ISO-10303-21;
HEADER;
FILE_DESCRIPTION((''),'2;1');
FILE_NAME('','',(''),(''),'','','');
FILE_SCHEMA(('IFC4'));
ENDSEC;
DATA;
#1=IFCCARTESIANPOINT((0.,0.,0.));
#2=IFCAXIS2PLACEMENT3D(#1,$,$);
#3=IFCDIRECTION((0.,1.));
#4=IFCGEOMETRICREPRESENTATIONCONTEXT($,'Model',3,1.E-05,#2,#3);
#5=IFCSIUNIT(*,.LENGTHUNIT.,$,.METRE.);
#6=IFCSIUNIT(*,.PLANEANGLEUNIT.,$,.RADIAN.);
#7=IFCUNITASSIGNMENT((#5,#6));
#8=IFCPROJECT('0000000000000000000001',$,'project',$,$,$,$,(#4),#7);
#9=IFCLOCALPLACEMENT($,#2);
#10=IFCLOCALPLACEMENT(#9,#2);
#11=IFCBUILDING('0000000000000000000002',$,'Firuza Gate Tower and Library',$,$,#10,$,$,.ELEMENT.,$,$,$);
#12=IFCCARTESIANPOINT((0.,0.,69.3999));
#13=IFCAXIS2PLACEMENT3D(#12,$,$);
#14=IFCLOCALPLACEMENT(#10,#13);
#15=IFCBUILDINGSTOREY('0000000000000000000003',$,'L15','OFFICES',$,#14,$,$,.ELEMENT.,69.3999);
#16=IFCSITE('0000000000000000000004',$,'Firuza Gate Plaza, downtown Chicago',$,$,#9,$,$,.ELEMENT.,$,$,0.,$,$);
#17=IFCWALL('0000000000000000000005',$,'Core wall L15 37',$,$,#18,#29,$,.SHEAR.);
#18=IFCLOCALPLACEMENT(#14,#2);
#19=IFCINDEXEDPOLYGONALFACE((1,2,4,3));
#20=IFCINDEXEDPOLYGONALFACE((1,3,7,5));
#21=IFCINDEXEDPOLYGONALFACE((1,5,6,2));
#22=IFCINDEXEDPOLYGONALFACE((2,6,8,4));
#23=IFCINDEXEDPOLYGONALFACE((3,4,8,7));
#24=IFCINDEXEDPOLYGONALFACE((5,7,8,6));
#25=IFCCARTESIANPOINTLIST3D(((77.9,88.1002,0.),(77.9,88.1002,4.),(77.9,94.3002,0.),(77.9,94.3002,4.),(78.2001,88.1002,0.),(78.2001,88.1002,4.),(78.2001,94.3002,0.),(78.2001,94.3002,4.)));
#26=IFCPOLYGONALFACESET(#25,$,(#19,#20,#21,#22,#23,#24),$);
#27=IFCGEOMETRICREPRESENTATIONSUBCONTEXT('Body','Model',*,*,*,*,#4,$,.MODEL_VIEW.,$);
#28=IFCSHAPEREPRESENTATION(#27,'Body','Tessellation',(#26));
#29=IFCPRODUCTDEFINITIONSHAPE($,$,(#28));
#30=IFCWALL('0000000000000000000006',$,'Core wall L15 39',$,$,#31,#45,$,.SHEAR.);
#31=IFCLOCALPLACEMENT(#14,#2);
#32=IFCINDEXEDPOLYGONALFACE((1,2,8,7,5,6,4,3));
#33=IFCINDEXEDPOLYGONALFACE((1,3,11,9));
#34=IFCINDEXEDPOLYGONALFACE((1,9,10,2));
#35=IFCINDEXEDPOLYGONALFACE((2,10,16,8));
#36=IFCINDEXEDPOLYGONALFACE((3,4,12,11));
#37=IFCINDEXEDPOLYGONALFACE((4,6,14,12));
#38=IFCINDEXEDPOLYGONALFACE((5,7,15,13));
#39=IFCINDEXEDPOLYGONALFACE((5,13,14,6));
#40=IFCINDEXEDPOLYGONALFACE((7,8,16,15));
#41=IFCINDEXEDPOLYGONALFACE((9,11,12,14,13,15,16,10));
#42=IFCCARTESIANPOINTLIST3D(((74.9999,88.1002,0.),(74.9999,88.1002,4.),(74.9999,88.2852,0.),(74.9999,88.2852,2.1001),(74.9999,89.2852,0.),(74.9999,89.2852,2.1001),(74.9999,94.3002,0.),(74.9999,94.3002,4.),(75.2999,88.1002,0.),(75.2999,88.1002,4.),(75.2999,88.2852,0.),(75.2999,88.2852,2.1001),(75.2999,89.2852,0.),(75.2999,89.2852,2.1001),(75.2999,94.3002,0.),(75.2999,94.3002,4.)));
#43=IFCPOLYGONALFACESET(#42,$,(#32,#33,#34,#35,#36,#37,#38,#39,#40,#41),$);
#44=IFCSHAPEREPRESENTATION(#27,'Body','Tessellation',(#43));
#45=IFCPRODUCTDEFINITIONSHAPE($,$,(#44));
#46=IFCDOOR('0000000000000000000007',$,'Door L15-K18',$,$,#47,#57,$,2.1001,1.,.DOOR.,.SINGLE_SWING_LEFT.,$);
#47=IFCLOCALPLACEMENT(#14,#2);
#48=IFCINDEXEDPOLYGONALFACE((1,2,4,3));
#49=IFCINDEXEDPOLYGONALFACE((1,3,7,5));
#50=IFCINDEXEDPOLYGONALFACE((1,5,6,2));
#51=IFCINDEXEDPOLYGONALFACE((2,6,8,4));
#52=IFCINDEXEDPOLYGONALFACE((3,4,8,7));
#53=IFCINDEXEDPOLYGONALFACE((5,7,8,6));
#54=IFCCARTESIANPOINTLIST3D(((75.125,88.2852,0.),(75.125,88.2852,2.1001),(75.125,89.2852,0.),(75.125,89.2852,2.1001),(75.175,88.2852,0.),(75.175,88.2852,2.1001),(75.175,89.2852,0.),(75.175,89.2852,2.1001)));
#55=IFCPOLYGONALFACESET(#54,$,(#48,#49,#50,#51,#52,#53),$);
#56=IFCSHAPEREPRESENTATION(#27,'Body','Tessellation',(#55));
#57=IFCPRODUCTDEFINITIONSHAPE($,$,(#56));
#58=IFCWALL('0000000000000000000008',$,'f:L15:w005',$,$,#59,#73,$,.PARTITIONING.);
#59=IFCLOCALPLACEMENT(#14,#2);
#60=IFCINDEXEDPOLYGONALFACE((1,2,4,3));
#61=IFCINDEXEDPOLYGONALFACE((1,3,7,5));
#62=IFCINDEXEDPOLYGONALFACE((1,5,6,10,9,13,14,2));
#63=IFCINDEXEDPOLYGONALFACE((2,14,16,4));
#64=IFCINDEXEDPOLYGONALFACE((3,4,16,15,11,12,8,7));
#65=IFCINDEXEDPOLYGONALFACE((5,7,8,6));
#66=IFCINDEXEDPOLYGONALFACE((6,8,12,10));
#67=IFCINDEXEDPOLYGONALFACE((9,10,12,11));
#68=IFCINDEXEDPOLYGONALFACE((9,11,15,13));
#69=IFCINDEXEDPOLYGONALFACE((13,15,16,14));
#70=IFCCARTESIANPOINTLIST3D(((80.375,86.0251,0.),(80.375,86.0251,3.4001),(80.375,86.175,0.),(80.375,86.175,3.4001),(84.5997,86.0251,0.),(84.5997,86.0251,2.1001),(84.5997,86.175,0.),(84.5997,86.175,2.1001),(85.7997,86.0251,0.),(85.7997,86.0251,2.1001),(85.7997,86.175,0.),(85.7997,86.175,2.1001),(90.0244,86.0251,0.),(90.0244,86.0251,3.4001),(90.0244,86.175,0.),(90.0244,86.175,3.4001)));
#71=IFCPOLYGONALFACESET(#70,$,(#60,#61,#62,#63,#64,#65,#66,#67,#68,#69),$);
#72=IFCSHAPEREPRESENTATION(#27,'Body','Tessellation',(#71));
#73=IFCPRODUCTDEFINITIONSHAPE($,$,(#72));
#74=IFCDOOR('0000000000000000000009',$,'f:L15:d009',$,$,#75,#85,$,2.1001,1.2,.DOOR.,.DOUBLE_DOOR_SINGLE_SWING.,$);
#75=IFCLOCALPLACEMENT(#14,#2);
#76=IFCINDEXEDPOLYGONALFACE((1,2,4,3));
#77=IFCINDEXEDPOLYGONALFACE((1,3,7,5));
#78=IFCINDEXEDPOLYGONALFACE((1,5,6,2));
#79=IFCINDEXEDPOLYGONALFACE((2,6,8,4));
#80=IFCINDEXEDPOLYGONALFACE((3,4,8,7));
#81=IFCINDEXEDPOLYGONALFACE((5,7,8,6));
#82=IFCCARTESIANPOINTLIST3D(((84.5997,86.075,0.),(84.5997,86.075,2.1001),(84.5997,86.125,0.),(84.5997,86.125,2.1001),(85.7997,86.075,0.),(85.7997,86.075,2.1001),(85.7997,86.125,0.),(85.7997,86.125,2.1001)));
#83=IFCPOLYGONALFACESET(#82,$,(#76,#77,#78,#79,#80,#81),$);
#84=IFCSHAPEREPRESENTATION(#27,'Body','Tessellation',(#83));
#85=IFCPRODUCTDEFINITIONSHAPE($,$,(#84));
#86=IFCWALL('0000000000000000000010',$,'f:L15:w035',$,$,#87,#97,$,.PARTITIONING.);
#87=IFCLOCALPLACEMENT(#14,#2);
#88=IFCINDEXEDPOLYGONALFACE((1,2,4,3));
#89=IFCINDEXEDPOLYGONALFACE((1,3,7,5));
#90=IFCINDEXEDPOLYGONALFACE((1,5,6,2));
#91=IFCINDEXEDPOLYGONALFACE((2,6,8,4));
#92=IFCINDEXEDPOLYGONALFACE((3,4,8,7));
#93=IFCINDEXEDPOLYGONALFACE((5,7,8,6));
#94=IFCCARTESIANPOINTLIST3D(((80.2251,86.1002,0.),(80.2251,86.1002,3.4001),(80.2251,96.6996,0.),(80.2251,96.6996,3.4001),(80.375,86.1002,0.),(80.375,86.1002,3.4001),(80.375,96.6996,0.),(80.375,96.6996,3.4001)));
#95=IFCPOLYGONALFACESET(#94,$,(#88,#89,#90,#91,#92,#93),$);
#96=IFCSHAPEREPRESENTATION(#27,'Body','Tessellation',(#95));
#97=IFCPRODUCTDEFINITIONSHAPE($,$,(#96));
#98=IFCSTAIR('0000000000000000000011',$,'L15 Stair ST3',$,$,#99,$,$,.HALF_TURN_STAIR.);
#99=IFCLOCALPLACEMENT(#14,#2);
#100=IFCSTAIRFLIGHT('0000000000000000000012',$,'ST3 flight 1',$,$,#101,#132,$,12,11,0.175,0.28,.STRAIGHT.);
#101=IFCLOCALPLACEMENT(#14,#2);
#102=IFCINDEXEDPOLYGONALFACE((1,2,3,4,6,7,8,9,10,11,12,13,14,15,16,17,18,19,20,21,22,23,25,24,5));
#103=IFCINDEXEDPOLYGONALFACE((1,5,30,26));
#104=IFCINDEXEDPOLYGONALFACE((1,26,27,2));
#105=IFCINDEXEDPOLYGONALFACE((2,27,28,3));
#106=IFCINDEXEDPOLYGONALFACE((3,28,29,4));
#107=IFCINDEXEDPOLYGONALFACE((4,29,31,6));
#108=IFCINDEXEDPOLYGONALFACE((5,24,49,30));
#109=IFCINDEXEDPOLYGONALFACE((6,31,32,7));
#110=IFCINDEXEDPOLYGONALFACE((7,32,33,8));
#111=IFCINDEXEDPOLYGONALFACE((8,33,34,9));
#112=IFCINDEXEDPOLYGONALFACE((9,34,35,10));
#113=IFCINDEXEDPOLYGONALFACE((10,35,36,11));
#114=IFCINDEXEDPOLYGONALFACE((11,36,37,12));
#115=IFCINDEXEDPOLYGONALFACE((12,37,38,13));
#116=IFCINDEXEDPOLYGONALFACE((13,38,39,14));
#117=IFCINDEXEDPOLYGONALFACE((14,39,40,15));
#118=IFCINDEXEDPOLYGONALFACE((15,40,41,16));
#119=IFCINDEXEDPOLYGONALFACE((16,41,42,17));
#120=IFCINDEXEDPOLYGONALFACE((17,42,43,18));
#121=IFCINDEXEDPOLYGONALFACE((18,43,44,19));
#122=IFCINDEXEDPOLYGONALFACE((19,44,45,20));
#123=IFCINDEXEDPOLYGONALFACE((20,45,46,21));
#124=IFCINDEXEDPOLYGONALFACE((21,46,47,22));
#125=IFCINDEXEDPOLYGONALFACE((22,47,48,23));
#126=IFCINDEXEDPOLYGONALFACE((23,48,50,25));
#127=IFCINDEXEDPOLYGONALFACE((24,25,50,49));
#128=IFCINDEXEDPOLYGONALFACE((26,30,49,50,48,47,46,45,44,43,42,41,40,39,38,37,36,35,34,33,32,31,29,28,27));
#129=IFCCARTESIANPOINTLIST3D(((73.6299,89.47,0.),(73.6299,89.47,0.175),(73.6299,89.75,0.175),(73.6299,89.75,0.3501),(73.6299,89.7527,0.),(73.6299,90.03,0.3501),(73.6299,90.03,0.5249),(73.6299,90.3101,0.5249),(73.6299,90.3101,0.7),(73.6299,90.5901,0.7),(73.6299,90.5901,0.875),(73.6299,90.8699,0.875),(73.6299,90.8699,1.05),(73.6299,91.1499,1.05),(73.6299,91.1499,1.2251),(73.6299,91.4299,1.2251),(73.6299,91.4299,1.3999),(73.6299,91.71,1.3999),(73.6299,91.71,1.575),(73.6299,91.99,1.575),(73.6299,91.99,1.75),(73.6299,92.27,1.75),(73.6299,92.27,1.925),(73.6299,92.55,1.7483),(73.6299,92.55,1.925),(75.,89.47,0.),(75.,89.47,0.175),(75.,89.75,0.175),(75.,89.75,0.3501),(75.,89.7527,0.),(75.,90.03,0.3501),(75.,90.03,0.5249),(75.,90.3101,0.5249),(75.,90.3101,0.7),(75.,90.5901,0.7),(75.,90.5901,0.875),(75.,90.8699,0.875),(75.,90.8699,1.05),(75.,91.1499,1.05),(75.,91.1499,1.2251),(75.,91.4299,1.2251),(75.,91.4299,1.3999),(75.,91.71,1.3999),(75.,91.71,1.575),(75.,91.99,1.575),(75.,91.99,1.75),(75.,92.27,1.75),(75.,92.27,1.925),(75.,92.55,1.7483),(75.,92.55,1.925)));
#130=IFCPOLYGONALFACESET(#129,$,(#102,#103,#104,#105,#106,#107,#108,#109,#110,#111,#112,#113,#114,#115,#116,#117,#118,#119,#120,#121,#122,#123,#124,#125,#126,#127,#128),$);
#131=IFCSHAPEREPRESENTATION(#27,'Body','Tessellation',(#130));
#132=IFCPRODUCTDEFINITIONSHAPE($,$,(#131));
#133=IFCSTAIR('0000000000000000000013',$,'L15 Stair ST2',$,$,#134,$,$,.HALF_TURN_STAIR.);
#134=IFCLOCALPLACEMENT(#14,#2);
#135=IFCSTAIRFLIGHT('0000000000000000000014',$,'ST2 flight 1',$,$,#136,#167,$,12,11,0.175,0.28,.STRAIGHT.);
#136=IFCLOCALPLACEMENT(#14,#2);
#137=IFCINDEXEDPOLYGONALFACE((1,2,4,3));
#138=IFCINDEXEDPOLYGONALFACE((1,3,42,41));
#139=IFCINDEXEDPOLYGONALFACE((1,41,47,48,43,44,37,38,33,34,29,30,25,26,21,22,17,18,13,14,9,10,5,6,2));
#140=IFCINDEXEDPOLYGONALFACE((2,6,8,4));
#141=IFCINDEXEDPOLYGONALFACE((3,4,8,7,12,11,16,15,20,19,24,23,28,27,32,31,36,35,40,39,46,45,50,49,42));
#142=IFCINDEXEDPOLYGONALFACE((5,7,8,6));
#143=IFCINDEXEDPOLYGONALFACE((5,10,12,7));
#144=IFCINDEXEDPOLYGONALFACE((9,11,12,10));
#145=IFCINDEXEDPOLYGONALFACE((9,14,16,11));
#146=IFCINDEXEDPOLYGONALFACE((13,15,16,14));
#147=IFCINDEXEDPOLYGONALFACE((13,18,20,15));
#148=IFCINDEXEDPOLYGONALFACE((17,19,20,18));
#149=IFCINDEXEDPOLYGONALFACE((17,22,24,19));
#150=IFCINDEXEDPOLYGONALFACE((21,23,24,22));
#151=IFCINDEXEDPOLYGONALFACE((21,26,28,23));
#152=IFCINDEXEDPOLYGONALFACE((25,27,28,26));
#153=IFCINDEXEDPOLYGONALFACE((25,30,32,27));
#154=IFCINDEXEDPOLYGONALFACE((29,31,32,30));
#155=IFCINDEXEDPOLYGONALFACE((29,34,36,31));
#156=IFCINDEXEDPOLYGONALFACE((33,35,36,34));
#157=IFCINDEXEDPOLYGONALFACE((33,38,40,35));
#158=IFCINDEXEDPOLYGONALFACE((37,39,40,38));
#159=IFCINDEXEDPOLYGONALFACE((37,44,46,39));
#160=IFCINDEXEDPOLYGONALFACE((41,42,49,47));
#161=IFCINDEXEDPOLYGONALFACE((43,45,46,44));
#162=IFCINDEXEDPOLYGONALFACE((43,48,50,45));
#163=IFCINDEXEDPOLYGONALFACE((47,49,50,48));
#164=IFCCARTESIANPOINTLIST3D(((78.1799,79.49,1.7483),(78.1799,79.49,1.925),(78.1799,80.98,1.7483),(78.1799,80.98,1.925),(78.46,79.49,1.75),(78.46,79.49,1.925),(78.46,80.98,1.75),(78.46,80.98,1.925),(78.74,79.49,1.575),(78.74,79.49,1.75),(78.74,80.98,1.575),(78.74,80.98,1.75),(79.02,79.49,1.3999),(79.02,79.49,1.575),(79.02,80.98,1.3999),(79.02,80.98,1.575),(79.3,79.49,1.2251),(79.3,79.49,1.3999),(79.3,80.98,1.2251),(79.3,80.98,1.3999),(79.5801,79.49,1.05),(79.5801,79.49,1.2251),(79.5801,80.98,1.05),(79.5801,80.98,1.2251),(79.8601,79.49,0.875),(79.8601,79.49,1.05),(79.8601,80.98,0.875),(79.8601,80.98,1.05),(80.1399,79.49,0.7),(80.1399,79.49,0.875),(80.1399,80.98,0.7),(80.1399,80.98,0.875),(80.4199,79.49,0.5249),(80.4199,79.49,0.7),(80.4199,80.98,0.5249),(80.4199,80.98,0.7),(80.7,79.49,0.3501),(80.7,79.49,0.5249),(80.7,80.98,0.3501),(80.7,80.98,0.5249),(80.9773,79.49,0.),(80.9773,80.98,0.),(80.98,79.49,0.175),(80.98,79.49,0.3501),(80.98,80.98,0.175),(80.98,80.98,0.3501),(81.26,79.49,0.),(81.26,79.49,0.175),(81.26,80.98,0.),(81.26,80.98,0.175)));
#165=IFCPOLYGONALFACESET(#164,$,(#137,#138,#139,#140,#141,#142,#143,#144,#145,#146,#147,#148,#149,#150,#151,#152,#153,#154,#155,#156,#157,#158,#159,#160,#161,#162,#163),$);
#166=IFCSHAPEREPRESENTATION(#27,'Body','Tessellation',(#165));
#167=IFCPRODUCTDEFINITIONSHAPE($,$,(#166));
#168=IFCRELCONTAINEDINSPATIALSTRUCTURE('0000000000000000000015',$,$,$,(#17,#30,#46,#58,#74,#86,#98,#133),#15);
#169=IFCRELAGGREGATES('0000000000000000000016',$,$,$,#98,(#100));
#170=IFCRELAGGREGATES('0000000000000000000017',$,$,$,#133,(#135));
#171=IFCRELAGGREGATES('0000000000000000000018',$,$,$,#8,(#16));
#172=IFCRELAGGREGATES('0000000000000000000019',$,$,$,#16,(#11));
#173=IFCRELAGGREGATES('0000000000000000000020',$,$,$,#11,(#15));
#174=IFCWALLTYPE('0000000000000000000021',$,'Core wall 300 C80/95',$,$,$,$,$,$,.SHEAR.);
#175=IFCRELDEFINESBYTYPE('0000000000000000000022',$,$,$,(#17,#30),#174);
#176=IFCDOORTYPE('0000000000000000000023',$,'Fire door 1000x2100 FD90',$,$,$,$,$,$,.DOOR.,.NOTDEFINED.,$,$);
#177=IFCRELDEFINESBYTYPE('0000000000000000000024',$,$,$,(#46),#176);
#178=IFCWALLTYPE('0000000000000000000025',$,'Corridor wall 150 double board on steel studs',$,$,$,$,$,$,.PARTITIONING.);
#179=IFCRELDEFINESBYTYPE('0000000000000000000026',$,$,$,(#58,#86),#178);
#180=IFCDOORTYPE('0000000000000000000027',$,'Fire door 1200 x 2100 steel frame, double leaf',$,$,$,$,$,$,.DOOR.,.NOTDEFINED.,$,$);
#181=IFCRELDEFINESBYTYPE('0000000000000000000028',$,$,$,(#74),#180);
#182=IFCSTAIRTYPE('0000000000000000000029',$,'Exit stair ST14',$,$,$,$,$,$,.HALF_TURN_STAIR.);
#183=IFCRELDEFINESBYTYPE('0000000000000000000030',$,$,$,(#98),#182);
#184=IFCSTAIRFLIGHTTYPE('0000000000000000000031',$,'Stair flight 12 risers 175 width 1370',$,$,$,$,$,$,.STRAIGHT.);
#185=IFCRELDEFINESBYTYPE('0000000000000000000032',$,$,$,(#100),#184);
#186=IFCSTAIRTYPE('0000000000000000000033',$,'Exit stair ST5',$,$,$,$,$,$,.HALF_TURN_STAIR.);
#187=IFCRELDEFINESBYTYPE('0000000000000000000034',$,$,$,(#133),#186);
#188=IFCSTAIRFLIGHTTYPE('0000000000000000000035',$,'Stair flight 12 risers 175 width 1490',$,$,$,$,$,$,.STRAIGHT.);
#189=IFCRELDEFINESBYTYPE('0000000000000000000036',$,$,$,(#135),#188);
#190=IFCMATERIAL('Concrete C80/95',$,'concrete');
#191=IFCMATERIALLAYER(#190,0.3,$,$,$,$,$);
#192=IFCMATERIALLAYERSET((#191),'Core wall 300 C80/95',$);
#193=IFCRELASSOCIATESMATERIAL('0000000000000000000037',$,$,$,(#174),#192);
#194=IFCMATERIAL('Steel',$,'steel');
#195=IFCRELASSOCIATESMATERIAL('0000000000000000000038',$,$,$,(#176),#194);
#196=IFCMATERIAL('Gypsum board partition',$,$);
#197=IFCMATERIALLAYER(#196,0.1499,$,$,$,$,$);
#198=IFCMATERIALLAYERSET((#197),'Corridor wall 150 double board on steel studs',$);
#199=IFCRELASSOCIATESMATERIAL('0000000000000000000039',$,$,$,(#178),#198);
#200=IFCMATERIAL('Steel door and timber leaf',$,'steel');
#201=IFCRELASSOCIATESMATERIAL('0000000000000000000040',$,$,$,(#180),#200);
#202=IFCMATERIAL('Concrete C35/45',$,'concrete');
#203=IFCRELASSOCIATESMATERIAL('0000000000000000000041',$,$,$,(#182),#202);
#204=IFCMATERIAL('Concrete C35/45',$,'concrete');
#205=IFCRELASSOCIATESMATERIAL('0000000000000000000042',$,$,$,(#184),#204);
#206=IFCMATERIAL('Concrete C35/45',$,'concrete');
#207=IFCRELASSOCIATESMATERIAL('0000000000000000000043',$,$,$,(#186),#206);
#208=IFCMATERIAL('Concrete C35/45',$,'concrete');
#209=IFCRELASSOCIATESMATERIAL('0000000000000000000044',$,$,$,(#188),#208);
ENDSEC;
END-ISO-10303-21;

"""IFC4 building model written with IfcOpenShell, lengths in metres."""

from ifc_helpers import new_model, si_unit, direction, frame, frame_2d, origin, place, context, subcontext, project, spatial, polyline, rectangle, outline, extrude, material, layer, layer_set, type_object, element, fill, aggregate, save


model = new_model("IFC4")

# Units and contexts
model_context = context("Model", 3, precision=1e-05, world=origin(), true_north=direction((0.0, 1.0)))
body_context = subcontext(model_context, "Body", "Model", "MODEL_VIEW")
ifc_project = project(units=[si_unit("LENGTHUNIT", "METRE"), si_unit("PLANEANGLEUNIT", "RADIAN")], contexts=[model_context])

# Site, building, storey
site_placement = place(None, origin())
site = spatial("IfcSite", under=ifc_project, at=site_placement, Name="Firuza Gate Plaza, downtown Chicago", CompositionType="ELEMENT", RefElevation=0.0)
building_placement = place(site_placement, origin())
building = spatial("IfcBuilding", under=site, at=building_placement, Name="Firuza Gate Tower and Library", CompositionType="ELEMENT")
storey_placement = place(building_placement, frame((0.0, 0.0, 69.3999)))
storey = spatial("IfcBuildingStorey", under=building, at=storey_placement, Name="L15", Description="OFFICES", CompositionType="ELEMENT", Elevation=69.3999)

# Shared definitions
ifc_material_1 = material(Name="Concrete C80/95", Category="concrete")
ifc_layer_1 = layer(ifc_material_1, 0.3)
ifc_layer_set_1 = layer_set([ifc_layer_1], Name="Core wall 300 C80/95")
wall_type_1 = type_object("IfcWallType", Name="Core wall 300 C80/95", PredefinedType="SHEAR", material=ifc_layer_set_1)

# Shared definitions
ifc_material_2 = material(Name="Steel", Category="steel")
door_type_1 = type_object("IfcDoorType", Name="Fire door 1000x2100 FD90", OperationType="NOTDEFINED", PredefinedType="DOOR", material=ifc_material_2)

# Wall
wall_1_placement = place(storey_placement, frame((78.05, 88.1001, 0.0), z_axis=(0.0, 0.0, 1.0), x_axis=(0.0, 1.0, 0.0)))
element("IfcWall", 1, at=wall_1_placement, inside=storey, type_object=wall_type_1, Name="Core wall L15 37", PredefinedType="SHEAR", context=body_context, shape_type="SweptSolid", body=[
    extrude(rectangle(XDim=6.2, YDim=0.3, at=frame_2d((3.1001, 0.0))), origin(), (0.0, 0.0, 1.0), 4.0),
])

# Walls, openings, doors
wall_2_placement = place(storey_placement, frame((75.1499, 88.1001, 0.0), z_axis=(0.0, 0.0, 1.0), x_axis=(0.0, 1.0, 0.0)))
wall_2 = element("IfcWall", 2, at=wall_2_placement, inside=storey, type_object=wall_type_1, Name="Core wall L15 39", PredefinedType="SHEAR", context=body_context, shape_type="SweptSolid", body=[
    extrude(rectangle(XDim=6.2, YDim=0.3, at=frame_2d((3.1001, 0.0))), origin(), (0.0, 0.0, 1.0), 4.0),
])
opening_1_placement = place(wall_2_placement, frame((0.1851, 0.0, 0.0)))
opening_1 = element("IfcOpeningElement", 3, at=opening_1_placement, cuts=wall_2, PredefinedType="OPENING", context=body_context, shape_type="SweptSolid", body=[
    extrude(rectangle(XDim=1.0, YDim=2.1001, at=frame_2d((0.5, 1.05))), frame((0.0, 0.1602, 0.0), z_axis=(0.0, -1.0, 0.0), x_axis=(1.0, 0.0, 0.0)), (0.0, 0.0, 1.0), 0.3201),
])
door_1_placement = place(opening_1_placement, origin())
door_1 = element("IfcDoor", 4, at=door_1_placement, inside=storey, type_object=door_type_1, Name="Door L15-K18", OperationType="SINGLE_SWING_LEFT", OverallHeight=2.1001, OverallWidth=1.0, PredefinedType="DOOR", context=body_context, shape_type="SweptSolid", body=[
    extrude(rectangle(XDim=1.0, YDim=2.1001, at=frame_2d((0.5, 1.05))), frame((0.0, 0.0249, 0.0), z_axis=(0.0, -1.0, 0.0), x_axis=(1.0, 0.0, 0.0)), (0.0, 0.0, 1.0), 0.05),
])
fill(opening_1, door_1)
ifc_material_3 = material(Name="Gypsum board partition")
ifc_layer_2 = layer(ifc_material_3, 0.1499)
ifc_layer_set_2 = layer_set([ifc_layer_2], Name="Corridor wall 150 double board on steel studs")
wall_type_2 = type_object("IfcWallType", Name="Corridor wall 150 double board on steel studs", PredefinedType="PARTITIONING", material=ifc_layer_set_2)
wall_3_placement = place(storey_placement, frame((80.375, 86.1001, 0.0), z_axis=(0.0, 0.0, 1.0), x_axis=(1.0, 0.0, 0.0)))
wall_3 = element("IfcWall", 5, at=wall_3_placement, inside=storey, type_object=wall_type_2, Name="f:L15:w005", PredefinedType="PARTITIONING", context=body_context, shape_type="SweptSolid", body=[
    extrude(rectangle(XDim=9.6494, YDim=0.1499, at=frame_2d((4.8247, 0.0))), origin(), (0.0, 0.0, 1.0), 3.4001),
])
opening_2_placement = place(wall_3_placement, frame((4.2246, 0.0, 0.0)))
opening_2 = element("IfcOpeningElement", 6, at=opening_2_placement, cuts=wall_3, PredefinedType="OPENING", context=body_context, shape_type="SweptSolid", body=[
    extrude(rectangle(XDim=1.2, YDim=2.1001, at=frame_2d((0.6001, 1.05))), frame((0.0, 0.085, 0.0), z_axis=(0.0, -1.0, 0.0), x_axis=(1.0, 0.0, 0.0)), (0.0, 0.0, 1.0), 0.1699),
])
ifc_material_4 = material(Name="Steel door and timber leaf", Category="steel")
door_type_2 = type_object("IfcDoorType", Name="Fire door 1200 x 2100 steel frame, double leaf", OperationType="NOTDEFINED", PredefinedType="DOOR", material=ifc_material_4)
door_2_placement = place(opening_2_placement, origin())
door_2 = element("IfcDoor", 7, at=door_2_placement, inside=storey, type_object=door_type_2, Name="f:L15:d009", OperationType="DOUBLE_DOOR_SINGLE_SWING", OverallHeight=2.1001, OverallWidth=1.2, PredefinedType="DOOR", context=body_context, shape_type="SweptSolid", body=[
    extrude(rectangle(XDim=1.2, YDim=2.1001, at=frame_2d((0.6001, 1.05))), frame((0.0, 0.0249, 0.0), z_axis=(0.0, -1.0, 0.0), x_axis=(1.0, 0.0, 0.0)), (0.0, 0.0, 1.0), 0.05),
])
fill(opening_2, door_2)

# Wall
wall_4_placement = place(storey_placement, frame((80.3, 86.1001, 0.0), z_axis=(0.0, 0.0, 1.0), x_axis=(0.0, 1.0, 0.0)))
element("IfcWall", 8, at=wall_4_placement, inside=storey, type_object=wall_type_2, Name="f:L15:w035", PredefinedType="PARTITIONING", context=body_context, shape_type="SweptSolid", body=[
    extrude(rectangle(XDim=10.5994, YDim=0.1499, at=frame_2d((5.2998, 0.0))), origin(), (0.0, 0.0, 1.0), 3.4001),
])

# Stair, stair flight
ifc_material_5 = material(Name="Concrete C35/45", Category="concrete")
stair_type_1 = type_object("IfcStairType", Name="Exit stair ST14", PredefinedType="HALF_TURN_STAIR", material=ifc_material_5)
placement = place(storey_placement, origin())
stair_1 = element("IfcStair", 9, at=placement, inside=storey, type_object=stair_type_1, Name="L15 Stair ST3", PredefinedType="HALF_TURN_STAIR")
ifc_material_6 = material(Name="Concrete C35/45", Category="concrete")
stair_flight_type_1 = type_object("IfcStairFlightType", Name="Stair flight 12 risers 175 width 1370", PredefinedType="STRAIGHT", material=ifc_material_6)
stair_flight_1_placement = place(storey_placement, frame((74.3149, 89.47, 0.0), z_axis=(0.0, 0.0, 1.0), x_axis=(0.0, 1.0, 0.0)))
stair_flight_1 = element("IfcStairFlight", 10, at=stair_flight_1_placement, type_object=stair_flight_type_1, Name="ST3 flight 1", NumberOfRisers=12, NumberOfTreads=11, PredefinedType="STRAIGHT", RiserHeight=0.175, TreadLength=0.28, context=body_context, shape_type="SweptSolid", body=[
    extrude(outline(polyline([(0.0, 0.0), (0.0, 0.175), (0.28, 0.175), (0.28, 0.3501), (0.5601, 0.3501), (0.5601, 0.5249), (0.8401, 0.5249), (0.8401, 0.7), (1.1201, 0.7), (1.1201, 0.875), (1.3999, 0.875), (1.3999, 1.05), (1.6799, 1.05), (1.6799, 1.2251), (1.96, 1.2251), (1.96, 1.3999), (2.24, 1.3999), (2.24, 1.575), (2.52, 1.575), (2.52, 1.75), (2.8, 1.75), (2.8, 1.925), (3.0801, 1.925), (3.0801, 2.1001), (3.0801, 1.7483), (0.2827, 0.0), (0.0, 0.0)])), frame((0.0, 0.6851, 0.0), z_axis=(0.0, -1.0, 0.0), x_axis=(1.0, 0.0, 0.0)), (0.0, 0.0, 1.0), 1.3701),
])
aggregate(stair_1, [stair_flight_1])

# Stair, stair flight
ifc_material_7 = material(Name="Concrete C35/45", Category="concrete")
stair_type_2 = type_object("IfcStairType", Name="Exit stair ST5", PredefinedType="HALF_TURN_STAIR", material=ifc_material_7)
stair_2 = element("IfcStair", 11, at=placement, inside=storey, type_object=stair_type_2, Name="L15 Stair ST2", PredefinedType="HALF_TURN_STAIR")
ifc_material_8 = material(Name="Concrete C35/45", Category="concrete")
stair_flight_type_2 = type_object("IfcStairFlightType", Name="Stair flight 12 risers 175 width 1490", PredefinedType="STRAIGHT", material=ifc_material_8)
stair_flight_2_placement = place(storey_placement, frame((81.26, 80.2351, 0.0), z_axis=(0.0, 0.0, 1.0), x_axis=(-1.0, 0.0, 0.0)))
stair_flight_2 = element("IfcStairFlight", 12, at=stair_flight_2_placement, type_object=stair_flight_type_2, Name="ST2 flight 1", NumberOfRisers=12, NumberOfTreads=11, PredefinedType="STRAIGHT", RiserHeight=0.175, TreadLength=0.28, context=body_context, shape_type="SweptSolid", body=[
    extrude(outline(polyline([(0.0, 0.0), (0.0, 0.175), (0.28, 0.175), (0.28, 0.3501), (0.5601, 0.3501), (0.5601, 0.5249), (0.8401, 0.5249), (0.8401, 0.7), (1.1201, 0.7), (1.1201, 0.875), (1.3999, 0.875), (1.3999, 1.05), (1.6799, 1.05), (1.6799, 1.2251), (1.96, 1.2251), (1.96, 1.3999), (2.24, 1.3999), (2.24, 1.575), (2.52, 1.575), (2.52, 1.75), (2.8, 1.75), (2.8, 1.925), (3.0801, 1.925), (3.0801, 2.1001), (3.0801, 1.7483), (0.2827, 0.0), (0.0, 0.0)])), frame((0.0, 0.7451, 0.0), z_axis=(0.0, -1.0, 0.0), x_axis=(1.0, 0.0, 0.0)), (0.0, 0.0, 1.0), 1.49),
])
aggregate(stair_2, [stair_flight_2])

save(model, "model.ifc")
